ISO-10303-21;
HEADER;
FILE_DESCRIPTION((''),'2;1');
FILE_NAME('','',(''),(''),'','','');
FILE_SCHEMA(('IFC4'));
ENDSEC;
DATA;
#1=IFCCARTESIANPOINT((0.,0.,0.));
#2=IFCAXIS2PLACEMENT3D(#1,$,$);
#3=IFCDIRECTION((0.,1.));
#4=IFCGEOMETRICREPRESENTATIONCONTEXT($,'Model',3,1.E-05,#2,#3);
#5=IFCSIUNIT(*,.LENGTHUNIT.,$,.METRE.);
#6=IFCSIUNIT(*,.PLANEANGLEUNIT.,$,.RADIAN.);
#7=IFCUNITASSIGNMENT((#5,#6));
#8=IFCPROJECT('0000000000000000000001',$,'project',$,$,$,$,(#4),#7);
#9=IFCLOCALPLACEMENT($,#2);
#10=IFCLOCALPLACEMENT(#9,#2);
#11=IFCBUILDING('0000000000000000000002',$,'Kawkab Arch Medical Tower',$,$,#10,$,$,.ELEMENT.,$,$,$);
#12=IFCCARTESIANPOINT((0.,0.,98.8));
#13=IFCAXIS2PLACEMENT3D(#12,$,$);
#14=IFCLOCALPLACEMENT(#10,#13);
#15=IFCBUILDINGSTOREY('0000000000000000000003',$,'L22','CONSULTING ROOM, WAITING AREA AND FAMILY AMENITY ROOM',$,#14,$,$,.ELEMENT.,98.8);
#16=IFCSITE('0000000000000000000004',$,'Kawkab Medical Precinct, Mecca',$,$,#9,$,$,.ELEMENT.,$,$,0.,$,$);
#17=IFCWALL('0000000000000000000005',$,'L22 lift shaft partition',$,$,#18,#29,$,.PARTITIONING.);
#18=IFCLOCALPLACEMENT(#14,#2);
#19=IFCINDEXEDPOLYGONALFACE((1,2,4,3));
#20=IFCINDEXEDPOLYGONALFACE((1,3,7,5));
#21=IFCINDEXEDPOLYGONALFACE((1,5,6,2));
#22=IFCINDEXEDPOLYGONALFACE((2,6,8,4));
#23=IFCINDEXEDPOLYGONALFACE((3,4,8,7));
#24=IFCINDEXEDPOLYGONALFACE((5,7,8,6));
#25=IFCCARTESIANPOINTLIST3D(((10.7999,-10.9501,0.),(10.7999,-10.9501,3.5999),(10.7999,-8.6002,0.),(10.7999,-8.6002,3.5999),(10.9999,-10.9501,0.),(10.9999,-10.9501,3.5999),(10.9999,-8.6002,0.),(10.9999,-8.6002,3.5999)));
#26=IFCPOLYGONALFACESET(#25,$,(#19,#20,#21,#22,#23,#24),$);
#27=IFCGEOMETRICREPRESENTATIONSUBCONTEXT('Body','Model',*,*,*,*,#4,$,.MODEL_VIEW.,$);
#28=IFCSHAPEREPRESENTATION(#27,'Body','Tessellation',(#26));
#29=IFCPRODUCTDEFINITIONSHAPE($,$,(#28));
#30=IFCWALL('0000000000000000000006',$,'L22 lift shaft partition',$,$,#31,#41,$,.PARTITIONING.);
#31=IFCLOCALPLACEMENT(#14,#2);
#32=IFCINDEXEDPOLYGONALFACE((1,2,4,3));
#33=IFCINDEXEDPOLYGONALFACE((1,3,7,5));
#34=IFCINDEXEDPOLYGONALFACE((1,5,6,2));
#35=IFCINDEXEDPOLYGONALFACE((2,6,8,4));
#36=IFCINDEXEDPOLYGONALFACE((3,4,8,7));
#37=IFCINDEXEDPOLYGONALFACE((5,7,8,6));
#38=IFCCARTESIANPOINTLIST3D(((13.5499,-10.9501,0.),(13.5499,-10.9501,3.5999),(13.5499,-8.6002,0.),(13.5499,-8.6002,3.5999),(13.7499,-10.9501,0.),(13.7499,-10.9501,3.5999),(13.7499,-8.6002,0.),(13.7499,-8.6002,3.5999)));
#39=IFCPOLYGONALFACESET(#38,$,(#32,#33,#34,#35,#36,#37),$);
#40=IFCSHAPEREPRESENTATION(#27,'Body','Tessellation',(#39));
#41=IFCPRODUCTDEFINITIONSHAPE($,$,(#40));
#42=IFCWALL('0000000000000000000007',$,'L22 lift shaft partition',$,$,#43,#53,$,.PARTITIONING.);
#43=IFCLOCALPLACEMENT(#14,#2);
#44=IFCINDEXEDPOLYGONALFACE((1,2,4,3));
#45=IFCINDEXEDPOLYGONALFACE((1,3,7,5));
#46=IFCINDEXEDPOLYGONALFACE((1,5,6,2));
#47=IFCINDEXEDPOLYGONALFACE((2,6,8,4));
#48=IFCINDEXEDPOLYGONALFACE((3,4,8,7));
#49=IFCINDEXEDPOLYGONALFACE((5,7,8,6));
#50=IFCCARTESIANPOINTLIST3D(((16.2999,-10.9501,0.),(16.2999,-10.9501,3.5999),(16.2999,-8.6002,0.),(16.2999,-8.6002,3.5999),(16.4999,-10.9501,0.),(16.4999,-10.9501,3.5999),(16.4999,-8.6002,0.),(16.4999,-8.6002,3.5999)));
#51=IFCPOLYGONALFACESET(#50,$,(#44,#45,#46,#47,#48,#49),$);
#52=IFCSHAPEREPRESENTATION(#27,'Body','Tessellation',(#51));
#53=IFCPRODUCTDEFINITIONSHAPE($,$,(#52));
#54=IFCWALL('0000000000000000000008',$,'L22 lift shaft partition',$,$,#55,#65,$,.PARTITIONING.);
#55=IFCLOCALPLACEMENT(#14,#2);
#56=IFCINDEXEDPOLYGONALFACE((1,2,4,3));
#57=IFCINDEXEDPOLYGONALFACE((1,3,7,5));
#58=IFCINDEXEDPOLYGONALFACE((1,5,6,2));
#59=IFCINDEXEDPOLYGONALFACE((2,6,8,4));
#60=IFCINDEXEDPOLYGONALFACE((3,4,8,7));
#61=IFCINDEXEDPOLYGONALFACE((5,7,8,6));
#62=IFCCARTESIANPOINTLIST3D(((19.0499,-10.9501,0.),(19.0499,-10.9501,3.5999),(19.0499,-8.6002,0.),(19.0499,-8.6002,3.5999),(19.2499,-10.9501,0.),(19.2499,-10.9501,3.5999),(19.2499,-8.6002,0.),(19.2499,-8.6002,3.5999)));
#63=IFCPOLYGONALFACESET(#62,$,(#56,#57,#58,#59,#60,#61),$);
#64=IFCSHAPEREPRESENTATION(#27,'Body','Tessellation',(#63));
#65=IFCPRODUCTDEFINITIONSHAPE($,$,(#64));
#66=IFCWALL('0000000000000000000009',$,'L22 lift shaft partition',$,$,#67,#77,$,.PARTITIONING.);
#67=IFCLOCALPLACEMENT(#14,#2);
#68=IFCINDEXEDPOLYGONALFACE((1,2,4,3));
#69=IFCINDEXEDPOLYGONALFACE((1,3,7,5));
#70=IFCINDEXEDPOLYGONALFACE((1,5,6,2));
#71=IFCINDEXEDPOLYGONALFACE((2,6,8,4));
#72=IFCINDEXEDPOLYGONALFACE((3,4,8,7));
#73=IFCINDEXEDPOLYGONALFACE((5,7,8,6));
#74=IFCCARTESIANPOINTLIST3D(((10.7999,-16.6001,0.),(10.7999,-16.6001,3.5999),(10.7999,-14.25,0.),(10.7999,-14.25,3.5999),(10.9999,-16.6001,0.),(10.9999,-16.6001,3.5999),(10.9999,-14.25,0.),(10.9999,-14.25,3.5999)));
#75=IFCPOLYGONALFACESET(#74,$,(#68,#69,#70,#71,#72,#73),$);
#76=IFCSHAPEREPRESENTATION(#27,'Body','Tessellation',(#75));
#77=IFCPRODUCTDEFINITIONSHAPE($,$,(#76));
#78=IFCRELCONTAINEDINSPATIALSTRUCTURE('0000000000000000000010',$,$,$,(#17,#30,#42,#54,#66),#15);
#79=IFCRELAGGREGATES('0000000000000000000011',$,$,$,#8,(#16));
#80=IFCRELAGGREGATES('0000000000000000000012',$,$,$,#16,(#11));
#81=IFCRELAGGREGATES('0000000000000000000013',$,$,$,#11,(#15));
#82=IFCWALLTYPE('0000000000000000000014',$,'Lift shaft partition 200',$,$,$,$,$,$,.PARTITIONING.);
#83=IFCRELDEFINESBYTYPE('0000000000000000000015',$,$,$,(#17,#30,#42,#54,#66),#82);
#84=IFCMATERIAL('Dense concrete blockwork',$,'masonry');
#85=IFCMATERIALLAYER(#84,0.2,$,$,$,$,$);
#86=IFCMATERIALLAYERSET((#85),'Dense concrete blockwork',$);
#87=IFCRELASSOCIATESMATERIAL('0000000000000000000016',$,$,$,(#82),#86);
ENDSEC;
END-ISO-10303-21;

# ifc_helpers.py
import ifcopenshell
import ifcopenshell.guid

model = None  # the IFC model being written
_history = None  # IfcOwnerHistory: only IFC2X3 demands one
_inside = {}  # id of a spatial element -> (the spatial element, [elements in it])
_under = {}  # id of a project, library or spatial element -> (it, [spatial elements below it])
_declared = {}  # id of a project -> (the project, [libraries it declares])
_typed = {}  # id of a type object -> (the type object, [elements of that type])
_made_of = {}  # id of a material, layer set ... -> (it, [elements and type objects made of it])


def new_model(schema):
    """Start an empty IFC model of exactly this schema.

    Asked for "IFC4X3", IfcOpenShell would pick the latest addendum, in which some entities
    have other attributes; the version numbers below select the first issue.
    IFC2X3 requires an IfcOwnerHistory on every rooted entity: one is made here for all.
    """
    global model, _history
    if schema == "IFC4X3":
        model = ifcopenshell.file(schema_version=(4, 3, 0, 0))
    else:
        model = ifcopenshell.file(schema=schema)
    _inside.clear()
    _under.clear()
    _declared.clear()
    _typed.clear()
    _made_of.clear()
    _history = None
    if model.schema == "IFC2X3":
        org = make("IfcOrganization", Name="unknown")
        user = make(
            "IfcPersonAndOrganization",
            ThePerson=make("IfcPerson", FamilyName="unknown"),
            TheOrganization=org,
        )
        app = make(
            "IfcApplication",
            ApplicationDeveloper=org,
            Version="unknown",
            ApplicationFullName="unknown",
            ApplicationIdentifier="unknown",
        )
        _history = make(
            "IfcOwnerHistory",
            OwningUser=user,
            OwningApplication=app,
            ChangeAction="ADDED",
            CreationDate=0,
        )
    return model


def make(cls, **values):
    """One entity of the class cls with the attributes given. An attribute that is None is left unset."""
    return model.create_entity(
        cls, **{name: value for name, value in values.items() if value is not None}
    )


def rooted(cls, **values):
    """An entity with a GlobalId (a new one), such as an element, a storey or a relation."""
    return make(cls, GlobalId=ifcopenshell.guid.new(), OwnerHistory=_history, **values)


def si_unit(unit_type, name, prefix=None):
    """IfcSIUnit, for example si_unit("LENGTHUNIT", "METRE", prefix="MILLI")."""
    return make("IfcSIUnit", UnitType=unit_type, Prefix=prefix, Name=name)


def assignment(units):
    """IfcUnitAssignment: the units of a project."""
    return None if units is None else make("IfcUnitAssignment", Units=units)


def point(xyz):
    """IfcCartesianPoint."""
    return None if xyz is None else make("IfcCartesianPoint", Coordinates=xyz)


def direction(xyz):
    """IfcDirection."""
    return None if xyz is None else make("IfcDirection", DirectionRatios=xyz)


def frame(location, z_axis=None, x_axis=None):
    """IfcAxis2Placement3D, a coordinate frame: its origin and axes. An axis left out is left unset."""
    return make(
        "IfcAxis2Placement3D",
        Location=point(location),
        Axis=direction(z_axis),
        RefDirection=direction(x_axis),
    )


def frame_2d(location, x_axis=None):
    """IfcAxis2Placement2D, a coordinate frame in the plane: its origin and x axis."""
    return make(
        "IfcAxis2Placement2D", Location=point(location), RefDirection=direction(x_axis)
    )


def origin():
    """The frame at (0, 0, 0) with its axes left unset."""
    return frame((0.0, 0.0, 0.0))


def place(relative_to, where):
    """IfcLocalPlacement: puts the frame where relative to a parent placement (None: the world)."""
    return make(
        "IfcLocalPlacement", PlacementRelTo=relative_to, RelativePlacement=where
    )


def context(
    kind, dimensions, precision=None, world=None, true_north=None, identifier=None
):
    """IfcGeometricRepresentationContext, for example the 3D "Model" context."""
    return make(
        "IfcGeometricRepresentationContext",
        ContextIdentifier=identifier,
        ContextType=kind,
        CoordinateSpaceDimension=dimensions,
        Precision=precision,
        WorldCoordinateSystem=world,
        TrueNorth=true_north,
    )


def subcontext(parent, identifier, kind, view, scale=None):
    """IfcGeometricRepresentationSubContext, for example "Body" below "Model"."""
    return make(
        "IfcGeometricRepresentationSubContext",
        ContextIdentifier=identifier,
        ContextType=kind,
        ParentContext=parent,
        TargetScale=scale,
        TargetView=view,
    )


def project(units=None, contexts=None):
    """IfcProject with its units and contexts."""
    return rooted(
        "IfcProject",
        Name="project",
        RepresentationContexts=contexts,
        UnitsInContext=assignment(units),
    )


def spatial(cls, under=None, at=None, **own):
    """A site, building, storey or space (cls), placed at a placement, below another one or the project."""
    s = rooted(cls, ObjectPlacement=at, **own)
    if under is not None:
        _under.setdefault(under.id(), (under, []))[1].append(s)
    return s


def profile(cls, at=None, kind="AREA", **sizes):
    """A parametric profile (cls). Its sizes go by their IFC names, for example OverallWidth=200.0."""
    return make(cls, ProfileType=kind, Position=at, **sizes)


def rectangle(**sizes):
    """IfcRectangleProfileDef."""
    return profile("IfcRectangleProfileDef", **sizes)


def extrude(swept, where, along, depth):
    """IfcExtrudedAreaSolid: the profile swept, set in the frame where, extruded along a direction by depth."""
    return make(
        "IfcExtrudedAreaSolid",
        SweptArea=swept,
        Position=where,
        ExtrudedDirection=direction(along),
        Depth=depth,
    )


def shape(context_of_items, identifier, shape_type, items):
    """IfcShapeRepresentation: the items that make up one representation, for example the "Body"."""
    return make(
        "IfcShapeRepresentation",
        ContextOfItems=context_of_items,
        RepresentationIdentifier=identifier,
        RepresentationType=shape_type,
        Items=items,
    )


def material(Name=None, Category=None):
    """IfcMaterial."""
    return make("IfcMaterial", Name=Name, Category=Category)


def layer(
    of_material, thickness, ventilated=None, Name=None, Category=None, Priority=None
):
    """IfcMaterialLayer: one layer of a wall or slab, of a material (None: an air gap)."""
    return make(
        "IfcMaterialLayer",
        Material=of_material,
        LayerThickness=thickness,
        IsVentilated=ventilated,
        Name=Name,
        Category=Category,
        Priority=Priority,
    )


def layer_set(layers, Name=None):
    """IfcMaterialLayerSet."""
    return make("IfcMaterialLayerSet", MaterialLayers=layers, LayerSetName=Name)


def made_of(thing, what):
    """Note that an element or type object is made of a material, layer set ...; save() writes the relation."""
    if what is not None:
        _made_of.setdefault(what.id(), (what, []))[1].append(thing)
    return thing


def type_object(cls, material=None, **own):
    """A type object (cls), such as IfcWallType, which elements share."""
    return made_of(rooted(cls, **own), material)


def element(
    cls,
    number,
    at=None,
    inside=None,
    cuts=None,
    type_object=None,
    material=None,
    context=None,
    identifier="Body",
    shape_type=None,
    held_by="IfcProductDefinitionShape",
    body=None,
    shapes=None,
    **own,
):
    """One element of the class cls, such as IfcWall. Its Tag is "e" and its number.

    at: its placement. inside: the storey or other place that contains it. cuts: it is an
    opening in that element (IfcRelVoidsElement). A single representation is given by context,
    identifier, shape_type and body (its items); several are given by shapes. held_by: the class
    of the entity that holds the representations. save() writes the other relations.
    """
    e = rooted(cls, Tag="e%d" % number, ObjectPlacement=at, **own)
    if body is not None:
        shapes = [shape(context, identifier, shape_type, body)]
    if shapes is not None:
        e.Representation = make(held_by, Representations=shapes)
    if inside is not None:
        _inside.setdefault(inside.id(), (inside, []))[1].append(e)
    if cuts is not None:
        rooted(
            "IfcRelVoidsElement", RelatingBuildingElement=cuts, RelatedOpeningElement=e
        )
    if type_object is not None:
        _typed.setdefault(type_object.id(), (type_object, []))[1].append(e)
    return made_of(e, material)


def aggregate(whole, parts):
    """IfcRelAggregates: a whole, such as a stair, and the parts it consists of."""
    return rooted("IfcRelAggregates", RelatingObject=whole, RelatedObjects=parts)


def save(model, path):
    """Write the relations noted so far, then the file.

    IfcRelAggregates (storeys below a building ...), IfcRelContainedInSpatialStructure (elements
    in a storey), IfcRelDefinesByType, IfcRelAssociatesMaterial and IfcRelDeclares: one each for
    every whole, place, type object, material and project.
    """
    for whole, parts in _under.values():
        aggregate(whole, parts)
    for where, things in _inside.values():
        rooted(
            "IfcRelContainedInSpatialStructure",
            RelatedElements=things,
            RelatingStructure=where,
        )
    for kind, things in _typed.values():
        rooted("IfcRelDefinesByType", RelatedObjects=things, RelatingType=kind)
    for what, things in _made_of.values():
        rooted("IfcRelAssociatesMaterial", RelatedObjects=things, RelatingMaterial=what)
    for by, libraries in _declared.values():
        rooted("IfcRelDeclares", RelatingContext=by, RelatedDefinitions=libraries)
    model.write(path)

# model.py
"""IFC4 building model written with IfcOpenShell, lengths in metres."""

from ifc_helpers import new_model, si_unit, direction, frame, frame_2d, origin, place, context, subcontext, project, spatial, rectangle, extrude, material, layer, layer_set, type_object, element, save


model = new_model("IFC4")

# Units and contexts
model_context = context("Model", 3, precision=1e-05, world=origin(), true_north=direction((0.0, 1.0)))
body_context = subcontext(model_context, "Body", "Model", "MODEL_VIEW")
ifc_project = project(units=[si_unit("LENGTHUNIT", "METRE"), si_unit("PLANEANGLEUNIT", "RADIAN")], contexts=[model_context])

# Site, building, storey
site_placement = place(None, origin())
site = spatial("IfcSite", under=ifc_project, at=site_placement, Name="Kawkab Medical Precinct, Mecca", CompositionType="ELEMENT", RefElevation=0.0)
building_placement = place(site_placement, origin())
building = spatial("IfcBuilding", under=site, at=building_placement, Name="Kawkab Arch Medical Tower", CompositionType="ELEMENT")
storey_placement = place(building_placement, frame((0.0, 0.0, 98.8)))
storey = spatial("IfcBuildingStorey", under=building, at=storey_placement, Name="L22", Description="CONSULTING ROOM, WAITING AREA AND FAMILY AMENITY ROOM", CompositionType="ELEMENT", Elevation=98.8)

# Walls
ifc_material_1 = material(Name="Dense concrete blockwork", Category="masonry")
ifc_layer_1 = layer(ifc_material_1, 0.2)
ifc_layer_set_1 = layer_set([ifc_layer_1], Name="Dense concrete blockwork")
wall_type_1 = type_object("IfcWallType", Name="Lift shaft partition 200", PredefinedType="PARTITIONING", material=ifc_layer_set_1)
for number, where, z_axis, x_axis, name in (
    (1, (10.8999, -10.95, 0.0), (0.0, 0.0, 1.0), (0.0, 1.0, 0.0), "L22 lift shaft partition"),
    (2, (13.6499, -10.95, 0.0), (0.0, 0.0, 1.0), (0.0, 1.0, 0.0), "L22 lift shaft partition"),
    (3, (16.3999, -10.95, 0.0), (0.0, 0.0, 1.0), (0.0, 1.0, 0.0), "L22 lift shaft partition"),
    (4, (19.1499, -10.95, 0.0), (0.0, 0.0, 1.0), (0.0, 1.0, 0.0), "L22 lift shaft partition"),
):
    element("IfcWall", number, at=place(storey_placement, frame(where, z_axis=z_axis, x_axis=x_axis)), inside=storey, type_object=wall_type_1, Name=name, PredefinedType="PARTITIONING", context=body_context, shape_type="SweptSolid", body=[
        extrude(rectangle(XDim=2.3499, YDim=0.2, at=frame_2d((1.1748, 0.0))), origin(), (0.0, 0.0, 1.0), 3.5999),
    ])
wall_1_placement = place(storey_placement, frame((10.8999, -16.6001, 0.0), z_axis=(0.0, 0.0, 1.0), x_axis=(0.0, 1.0, 0.0)))
element("IfcWall", 5, at=wall_1_placement, inside=storey, type_object=wall_type_1, Name="L22 lift shaft partition", PredefinedType="PARTITIONING", context=body_context, shape_type="SweptSolid", body=[
    extrude(rectangle(XDim=2.3501, YDim=0.2, at=frame_2d((1.175, 0.0))), origin(), (0.0, 0.0, 1.0), 3.5999),
])

save(model, "model.ifc")
